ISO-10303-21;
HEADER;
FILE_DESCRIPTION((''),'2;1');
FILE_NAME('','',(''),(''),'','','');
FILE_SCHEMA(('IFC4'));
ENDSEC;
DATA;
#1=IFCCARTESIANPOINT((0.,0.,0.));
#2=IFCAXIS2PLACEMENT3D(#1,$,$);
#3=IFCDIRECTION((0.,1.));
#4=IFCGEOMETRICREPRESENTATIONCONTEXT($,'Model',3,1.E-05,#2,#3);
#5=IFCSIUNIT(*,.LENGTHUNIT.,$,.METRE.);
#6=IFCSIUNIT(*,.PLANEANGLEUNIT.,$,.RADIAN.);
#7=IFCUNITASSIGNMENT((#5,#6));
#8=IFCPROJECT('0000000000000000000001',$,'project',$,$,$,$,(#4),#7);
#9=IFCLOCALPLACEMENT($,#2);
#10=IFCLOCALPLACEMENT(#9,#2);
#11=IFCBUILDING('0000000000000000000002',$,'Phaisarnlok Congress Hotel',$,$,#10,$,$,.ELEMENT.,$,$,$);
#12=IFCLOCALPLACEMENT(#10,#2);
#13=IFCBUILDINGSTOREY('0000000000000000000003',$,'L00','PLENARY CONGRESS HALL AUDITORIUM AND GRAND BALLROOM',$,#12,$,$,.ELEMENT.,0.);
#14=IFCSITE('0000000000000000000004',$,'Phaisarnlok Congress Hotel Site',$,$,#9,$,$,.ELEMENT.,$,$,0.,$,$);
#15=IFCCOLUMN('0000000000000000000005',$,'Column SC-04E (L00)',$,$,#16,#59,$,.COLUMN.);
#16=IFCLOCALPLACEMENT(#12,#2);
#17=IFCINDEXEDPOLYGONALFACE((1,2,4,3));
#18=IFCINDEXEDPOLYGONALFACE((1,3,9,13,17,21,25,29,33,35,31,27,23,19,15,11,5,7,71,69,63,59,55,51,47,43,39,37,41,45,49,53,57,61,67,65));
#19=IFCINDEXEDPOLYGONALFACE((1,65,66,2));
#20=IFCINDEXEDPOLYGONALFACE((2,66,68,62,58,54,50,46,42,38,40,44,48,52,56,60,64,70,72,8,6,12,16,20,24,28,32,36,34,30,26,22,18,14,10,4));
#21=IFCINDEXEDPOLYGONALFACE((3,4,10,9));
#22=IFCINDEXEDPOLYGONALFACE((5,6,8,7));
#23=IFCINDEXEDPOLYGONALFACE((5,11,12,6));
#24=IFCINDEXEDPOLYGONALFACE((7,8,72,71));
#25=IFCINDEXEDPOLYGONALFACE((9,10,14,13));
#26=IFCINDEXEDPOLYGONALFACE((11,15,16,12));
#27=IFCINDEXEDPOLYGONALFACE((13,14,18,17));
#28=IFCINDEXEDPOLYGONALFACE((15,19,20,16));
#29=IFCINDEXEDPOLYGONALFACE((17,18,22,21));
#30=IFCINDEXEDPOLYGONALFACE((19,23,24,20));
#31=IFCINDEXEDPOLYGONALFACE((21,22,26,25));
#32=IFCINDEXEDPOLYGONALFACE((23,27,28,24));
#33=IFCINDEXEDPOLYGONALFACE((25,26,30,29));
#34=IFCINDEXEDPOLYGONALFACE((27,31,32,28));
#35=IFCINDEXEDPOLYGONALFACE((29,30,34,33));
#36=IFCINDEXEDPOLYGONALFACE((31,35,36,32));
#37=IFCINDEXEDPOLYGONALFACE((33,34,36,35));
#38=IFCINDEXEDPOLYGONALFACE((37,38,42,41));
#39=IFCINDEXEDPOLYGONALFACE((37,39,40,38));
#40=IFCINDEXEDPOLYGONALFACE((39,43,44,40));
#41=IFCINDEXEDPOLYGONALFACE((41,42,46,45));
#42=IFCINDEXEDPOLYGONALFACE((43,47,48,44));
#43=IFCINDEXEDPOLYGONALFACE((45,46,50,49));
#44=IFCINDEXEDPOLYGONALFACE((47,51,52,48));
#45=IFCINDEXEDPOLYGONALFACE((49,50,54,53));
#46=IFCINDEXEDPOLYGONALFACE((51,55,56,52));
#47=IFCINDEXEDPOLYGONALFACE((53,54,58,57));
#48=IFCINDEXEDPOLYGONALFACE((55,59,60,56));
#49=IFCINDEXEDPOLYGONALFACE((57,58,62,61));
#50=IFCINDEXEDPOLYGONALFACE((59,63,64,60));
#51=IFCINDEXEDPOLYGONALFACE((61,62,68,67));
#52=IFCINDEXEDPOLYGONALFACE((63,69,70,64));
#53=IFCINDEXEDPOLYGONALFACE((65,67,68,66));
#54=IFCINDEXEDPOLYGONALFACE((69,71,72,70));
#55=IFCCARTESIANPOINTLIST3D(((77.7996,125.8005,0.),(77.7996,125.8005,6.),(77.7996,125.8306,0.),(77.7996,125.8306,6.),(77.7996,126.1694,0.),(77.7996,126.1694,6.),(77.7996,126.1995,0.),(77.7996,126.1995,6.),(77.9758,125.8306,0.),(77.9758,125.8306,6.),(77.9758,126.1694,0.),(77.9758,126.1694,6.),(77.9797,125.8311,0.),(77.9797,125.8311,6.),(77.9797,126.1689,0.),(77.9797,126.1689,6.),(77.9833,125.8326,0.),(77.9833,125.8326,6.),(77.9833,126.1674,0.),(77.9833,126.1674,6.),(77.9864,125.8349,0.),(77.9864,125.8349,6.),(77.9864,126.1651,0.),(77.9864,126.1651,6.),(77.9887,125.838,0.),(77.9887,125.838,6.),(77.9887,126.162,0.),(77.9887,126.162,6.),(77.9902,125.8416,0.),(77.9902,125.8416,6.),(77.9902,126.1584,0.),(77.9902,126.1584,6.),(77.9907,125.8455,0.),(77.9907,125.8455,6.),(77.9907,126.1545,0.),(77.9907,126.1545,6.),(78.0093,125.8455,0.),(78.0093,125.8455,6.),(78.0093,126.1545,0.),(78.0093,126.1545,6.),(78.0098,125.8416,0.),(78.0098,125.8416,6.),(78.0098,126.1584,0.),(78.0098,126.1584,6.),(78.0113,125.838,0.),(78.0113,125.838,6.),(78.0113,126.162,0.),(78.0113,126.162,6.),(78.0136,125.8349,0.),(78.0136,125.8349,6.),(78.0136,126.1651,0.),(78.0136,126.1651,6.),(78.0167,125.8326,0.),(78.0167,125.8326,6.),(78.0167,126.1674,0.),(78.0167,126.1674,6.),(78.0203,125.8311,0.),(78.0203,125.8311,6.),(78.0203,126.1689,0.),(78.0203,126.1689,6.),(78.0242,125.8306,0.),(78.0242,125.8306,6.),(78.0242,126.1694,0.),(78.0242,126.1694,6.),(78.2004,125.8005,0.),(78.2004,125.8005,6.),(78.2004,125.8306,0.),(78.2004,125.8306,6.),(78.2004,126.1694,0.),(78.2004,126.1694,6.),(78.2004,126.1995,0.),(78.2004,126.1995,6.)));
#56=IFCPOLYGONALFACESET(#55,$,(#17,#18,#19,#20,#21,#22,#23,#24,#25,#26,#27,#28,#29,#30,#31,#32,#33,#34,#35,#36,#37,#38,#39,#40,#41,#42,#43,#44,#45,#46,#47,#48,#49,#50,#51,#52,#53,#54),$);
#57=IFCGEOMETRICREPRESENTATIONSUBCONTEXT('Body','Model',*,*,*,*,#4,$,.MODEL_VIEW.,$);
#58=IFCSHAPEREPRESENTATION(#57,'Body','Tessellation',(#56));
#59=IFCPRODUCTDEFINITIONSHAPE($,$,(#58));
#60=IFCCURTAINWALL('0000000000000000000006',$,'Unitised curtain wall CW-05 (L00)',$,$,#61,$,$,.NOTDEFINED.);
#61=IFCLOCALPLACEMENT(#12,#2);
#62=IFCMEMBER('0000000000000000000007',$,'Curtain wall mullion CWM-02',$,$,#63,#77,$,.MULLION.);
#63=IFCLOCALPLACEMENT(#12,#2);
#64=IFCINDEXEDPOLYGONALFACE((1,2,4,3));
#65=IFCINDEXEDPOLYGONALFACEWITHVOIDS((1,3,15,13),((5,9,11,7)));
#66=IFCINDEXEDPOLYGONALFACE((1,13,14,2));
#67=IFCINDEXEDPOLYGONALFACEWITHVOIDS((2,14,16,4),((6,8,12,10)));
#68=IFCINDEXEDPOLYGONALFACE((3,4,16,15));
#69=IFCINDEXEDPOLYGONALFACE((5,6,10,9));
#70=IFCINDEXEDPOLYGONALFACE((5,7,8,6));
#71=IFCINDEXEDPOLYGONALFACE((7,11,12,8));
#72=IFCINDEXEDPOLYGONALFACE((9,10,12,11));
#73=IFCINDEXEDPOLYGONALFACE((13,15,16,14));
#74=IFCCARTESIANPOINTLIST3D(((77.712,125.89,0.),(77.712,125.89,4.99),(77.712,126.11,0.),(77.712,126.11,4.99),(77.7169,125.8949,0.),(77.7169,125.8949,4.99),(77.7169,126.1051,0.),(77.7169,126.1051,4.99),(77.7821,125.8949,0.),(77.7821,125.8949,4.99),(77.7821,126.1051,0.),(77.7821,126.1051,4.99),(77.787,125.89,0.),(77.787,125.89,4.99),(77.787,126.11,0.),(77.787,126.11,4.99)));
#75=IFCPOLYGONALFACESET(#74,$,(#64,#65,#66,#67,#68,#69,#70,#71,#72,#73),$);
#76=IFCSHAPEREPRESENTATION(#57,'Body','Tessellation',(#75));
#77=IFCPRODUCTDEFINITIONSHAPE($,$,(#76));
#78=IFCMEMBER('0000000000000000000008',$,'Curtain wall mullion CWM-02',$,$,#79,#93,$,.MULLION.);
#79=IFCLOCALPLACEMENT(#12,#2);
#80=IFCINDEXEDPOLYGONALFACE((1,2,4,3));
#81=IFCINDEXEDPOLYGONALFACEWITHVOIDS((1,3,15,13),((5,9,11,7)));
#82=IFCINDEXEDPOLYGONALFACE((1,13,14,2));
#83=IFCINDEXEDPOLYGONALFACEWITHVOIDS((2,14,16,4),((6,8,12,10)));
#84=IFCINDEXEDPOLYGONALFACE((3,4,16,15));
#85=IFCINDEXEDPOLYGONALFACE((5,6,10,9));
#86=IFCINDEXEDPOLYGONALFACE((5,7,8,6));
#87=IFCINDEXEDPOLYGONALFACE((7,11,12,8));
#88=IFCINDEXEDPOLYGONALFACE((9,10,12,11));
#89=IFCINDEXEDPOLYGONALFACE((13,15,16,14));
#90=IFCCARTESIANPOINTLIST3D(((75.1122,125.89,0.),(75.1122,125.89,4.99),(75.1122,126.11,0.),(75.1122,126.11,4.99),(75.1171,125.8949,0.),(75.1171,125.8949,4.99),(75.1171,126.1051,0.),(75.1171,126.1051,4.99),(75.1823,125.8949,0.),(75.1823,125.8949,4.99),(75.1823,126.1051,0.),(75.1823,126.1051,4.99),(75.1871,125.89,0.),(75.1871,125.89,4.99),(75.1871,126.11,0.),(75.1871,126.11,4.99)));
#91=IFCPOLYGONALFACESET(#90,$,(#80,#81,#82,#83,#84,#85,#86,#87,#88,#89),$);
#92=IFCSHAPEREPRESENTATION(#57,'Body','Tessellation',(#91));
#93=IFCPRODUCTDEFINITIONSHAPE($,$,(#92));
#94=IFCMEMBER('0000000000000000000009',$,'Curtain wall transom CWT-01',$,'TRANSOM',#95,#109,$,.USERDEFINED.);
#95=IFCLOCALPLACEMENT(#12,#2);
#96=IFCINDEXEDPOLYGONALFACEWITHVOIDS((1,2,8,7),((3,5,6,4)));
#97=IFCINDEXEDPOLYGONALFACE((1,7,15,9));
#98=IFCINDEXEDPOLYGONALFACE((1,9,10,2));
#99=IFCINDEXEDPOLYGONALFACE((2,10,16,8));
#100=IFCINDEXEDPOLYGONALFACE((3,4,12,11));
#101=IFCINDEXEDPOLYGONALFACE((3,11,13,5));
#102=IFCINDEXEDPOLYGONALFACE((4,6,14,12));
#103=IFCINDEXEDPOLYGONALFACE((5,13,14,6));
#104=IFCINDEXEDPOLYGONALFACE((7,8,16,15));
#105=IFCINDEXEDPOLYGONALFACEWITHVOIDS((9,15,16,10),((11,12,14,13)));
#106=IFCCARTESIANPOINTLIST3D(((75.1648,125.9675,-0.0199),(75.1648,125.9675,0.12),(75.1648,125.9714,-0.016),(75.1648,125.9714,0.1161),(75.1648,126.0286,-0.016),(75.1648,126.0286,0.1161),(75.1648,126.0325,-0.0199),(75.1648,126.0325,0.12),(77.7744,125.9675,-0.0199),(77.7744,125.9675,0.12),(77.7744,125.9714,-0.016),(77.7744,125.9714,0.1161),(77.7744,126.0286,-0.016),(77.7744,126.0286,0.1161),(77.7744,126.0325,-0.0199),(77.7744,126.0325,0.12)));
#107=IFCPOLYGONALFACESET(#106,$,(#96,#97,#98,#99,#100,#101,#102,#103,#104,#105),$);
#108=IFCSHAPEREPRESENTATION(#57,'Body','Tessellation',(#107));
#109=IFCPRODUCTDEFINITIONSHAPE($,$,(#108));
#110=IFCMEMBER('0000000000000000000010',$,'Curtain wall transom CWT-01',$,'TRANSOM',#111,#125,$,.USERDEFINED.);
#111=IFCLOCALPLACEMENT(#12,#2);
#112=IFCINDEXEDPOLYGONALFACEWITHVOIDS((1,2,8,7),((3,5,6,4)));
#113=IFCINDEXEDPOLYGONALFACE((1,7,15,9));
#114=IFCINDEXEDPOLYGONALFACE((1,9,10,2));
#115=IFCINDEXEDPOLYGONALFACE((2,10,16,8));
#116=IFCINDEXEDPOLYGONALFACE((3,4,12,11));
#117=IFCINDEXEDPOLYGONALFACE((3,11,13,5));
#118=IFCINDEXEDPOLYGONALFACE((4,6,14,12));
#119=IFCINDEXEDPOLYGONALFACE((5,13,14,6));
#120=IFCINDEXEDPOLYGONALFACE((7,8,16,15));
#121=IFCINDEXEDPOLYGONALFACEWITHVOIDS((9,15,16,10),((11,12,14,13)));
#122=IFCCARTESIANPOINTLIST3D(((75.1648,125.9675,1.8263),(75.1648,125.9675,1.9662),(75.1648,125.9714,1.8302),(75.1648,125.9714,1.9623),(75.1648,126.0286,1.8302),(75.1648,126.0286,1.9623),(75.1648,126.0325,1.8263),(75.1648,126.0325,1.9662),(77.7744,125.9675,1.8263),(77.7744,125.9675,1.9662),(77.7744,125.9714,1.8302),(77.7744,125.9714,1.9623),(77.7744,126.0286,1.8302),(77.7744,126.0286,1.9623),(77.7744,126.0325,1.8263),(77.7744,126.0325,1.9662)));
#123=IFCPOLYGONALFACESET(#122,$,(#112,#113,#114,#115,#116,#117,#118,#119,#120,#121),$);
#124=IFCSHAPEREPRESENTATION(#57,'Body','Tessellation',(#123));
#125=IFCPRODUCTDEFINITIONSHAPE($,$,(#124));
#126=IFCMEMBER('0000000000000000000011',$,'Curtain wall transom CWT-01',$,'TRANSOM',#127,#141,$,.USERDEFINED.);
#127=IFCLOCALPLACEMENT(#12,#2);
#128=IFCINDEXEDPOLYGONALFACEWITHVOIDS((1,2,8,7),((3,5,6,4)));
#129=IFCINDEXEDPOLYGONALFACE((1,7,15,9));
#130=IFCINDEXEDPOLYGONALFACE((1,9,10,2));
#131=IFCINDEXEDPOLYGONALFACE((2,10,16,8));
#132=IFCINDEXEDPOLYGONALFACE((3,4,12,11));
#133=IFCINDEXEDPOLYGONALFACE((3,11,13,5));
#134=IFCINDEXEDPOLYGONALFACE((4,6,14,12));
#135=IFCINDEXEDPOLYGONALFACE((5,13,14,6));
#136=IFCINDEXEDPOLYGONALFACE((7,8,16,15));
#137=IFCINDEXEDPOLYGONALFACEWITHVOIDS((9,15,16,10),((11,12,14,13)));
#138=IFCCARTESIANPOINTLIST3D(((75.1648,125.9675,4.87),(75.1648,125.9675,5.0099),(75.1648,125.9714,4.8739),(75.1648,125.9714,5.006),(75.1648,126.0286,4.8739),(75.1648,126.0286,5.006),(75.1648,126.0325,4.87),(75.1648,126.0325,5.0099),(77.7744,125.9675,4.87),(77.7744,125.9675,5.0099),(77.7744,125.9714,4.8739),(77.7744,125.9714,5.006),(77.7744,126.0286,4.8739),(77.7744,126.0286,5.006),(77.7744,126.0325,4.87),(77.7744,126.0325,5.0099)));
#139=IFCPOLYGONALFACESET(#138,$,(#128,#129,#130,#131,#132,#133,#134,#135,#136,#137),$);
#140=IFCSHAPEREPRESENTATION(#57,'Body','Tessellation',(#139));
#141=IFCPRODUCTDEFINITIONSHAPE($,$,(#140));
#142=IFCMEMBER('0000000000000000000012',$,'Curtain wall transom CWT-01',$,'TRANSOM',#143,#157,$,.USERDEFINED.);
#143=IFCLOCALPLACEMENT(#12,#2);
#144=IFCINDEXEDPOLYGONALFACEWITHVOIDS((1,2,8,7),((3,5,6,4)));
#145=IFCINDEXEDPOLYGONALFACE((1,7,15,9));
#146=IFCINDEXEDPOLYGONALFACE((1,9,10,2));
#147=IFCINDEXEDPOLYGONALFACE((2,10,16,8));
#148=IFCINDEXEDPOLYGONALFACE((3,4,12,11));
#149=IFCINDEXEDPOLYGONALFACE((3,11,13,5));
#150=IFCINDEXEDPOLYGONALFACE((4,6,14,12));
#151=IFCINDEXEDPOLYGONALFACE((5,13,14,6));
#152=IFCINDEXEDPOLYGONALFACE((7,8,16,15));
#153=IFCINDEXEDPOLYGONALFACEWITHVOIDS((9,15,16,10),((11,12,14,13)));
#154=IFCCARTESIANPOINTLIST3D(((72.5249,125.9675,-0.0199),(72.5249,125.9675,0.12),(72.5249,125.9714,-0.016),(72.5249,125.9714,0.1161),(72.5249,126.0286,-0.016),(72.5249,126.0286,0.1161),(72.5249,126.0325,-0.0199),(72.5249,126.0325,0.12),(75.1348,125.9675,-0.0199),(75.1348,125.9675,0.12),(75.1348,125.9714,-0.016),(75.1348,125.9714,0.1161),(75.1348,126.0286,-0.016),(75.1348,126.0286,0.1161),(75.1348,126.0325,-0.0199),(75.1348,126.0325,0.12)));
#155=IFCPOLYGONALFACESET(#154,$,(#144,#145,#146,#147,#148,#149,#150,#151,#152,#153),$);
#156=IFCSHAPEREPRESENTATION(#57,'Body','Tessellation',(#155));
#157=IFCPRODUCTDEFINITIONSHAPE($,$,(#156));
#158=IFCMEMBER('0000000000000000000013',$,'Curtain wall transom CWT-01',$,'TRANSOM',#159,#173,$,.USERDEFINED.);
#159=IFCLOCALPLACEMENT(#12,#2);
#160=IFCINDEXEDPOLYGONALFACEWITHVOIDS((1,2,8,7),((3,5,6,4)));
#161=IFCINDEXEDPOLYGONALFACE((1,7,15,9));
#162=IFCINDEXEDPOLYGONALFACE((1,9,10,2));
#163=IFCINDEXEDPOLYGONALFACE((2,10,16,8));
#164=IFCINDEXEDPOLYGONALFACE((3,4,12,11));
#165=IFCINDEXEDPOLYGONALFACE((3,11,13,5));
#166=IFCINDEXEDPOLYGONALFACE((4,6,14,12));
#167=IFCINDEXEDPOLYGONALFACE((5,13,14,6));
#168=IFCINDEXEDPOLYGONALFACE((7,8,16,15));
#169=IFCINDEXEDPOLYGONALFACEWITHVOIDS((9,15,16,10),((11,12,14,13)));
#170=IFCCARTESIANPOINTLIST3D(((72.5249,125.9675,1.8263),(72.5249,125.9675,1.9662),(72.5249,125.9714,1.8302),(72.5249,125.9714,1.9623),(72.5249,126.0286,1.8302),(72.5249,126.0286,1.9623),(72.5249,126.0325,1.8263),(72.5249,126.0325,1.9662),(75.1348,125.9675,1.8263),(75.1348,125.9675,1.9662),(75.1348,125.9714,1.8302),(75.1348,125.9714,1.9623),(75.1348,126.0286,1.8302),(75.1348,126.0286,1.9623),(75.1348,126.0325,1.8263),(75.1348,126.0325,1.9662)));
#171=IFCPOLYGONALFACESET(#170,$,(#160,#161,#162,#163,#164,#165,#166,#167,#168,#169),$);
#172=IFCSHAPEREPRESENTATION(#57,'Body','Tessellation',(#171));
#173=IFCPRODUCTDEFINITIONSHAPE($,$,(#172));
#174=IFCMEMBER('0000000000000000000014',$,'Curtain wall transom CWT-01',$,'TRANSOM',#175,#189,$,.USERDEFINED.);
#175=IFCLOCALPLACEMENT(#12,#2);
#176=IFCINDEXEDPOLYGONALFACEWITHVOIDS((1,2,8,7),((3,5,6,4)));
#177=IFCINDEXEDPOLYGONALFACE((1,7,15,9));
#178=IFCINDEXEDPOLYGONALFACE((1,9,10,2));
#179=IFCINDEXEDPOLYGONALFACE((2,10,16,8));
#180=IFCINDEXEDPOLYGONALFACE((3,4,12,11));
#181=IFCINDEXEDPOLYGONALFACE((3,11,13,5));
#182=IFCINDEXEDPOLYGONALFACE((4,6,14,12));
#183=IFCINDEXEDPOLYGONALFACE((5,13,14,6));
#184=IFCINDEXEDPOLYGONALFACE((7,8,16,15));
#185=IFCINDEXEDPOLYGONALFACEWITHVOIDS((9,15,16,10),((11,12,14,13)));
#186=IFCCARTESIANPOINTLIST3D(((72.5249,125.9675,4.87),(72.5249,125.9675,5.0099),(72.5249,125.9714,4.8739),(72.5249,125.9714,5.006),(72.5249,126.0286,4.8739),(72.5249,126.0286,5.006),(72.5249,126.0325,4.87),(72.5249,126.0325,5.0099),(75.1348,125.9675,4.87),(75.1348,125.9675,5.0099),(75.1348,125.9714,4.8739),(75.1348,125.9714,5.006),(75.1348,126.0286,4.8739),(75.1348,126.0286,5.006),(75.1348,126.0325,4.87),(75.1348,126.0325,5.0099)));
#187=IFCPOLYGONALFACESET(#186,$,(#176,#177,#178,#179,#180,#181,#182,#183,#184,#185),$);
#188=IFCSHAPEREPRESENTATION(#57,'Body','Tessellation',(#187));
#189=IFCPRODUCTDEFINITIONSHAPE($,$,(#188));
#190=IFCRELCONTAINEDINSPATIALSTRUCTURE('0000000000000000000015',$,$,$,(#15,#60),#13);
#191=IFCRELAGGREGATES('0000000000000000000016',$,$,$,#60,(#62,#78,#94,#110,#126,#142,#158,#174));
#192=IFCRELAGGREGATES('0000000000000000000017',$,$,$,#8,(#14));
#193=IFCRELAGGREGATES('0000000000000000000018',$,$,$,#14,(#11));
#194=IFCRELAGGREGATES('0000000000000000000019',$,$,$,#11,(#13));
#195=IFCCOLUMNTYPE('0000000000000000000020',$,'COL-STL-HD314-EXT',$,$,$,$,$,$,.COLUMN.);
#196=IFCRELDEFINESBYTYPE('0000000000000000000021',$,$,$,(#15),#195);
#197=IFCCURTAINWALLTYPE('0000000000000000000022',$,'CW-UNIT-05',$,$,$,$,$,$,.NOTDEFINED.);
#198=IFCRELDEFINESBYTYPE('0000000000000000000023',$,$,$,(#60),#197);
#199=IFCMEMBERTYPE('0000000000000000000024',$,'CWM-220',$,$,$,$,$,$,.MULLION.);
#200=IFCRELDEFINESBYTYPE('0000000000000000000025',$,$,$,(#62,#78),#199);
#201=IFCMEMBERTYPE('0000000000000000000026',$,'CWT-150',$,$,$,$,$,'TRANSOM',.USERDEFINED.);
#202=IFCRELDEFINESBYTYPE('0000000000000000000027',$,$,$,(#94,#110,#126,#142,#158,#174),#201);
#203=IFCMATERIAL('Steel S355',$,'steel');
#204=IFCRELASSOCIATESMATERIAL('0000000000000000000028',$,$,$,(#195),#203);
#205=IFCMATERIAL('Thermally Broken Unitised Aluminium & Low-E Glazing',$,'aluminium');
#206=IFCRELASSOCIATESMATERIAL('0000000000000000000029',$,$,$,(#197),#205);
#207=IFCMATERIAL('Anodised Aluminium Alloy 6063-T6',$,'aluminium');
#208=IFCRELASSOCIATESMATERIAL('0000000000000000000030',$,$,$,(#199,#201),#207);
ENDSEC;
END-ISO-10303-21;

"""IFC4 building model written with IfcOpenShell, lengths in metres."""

from ifc_helpers import new_model, si_unit, direction, frame, origin, origin_2d, place, context, subcontext, project, spatial, hollow_rectangle, i_section, extrude, material, material_profile, profile_set, type_object, element, aggregate, save


model = new_model("IFC4")

# Units and contexts
model_context = context("Model", 3, precision=1e-05, world=origin(), true_north=direction((0.0, 1.0)))
body_context = subcontext(model_context, "Body", "Model", "MODEL_VIEW")
ifc_project = project(units=[si_unit("LENGTHUNIT", "METRE"), si_unit("PLANEANGLEUNIT", "RADIAN")], contexts=[model_context])

# Site, building, storey
site_placement = place(None, origin())
site = spatial("IfcSite", under=ifc_project, at=site_placement, Name="Phaisarnlok Congress Hotel Site", CompositionType="ELEMENT", RefElevation=0.0)
building_placement = place(site_placement, origin())
building = spatial("IfcBuilding", under=site, at=building_placement, Name="Phaisarnlok Congress Hotel", CompositionType="ELEMENT")
storey_placement = place(building_placement, origin())
storey = spatial("IfcBuildingStorey", under=building, at=storey_placement, Name="L00", Description="PLENARY CONGRESS HALL AUDITORIUM AND GRAND BALLROOM", CompositionType="ELEMENT", Elevation=0.0)

# Column
ifc_material_1 = material(Name="Steel S355", Category="steel")
ifc_material_profile_1 = material_profile(ifc_material_1, i_section(OverallWidth=0.4009, OverallDepth=0.3989, WebThickness=0.0186, FlangeThickness=0.03, FilletRadius=0.0149, at=origin_2d()), Name="HD 400x314")
ifc_profile_set_1 = profile_set([ifc_material_profile_1], Name="Steel S355")
column_type = type_object("IfcColumnType", Name="COL-STL-HD314-EXT", PredefinedType="COLUMN", material=ifc_profile_set_1)
column_placement = place(storey_placement, frame((78.0, 126.0, 0.0), z_axis=(0.0, 0.0, 1.0), x_axis=(1.0, 0.0, 0.0)))
element("IfcColumn", 1, at=column_placement, inside=storey, type_object=column_type, Name="Column SC-04E (L00)", PredefinedType="COLUMN", context=body_context, shape_type="SweptSolid", body=[
    extrude(i_section(OverallWidth=0.4009, OverallDepth=0.3989, WebThickness=0.0186, FlangeThickness=0.03, FilletRadius=0.0149, at=origin_2d()), origin(), (0.0, 0.0, 1.0), 6.0),
])

# Curtain wall, members
ifc_material_2 = material(Name="Thermally Broken Unitised Aluminium & Low-E Glazing", Category="aluminium")
curtain_wall_type = type_object("IfcCurtainWallType", Name="CW-UNIT-05", PredefinedType="NOTDEFINED", material=ifc_material_2)
curtain_wall_placement = place(storey_placement, origin())
curtain_wall = element("IfcCurtainWall", 2, at=curtain_wall_placement, inside=storey, type_object=curtain_wall_type, Name="Unitised curtain wall CW-05 (L00)", PredefinedType="NOTDEFINED")
ifc_material_3 = material(Name="Anodised Aluminium Alloy 6063-T6", Category="aluminium")
ifc_material_profile_2 = material_profile(ifc_material_3, hollow_rectangle(XDim=0.075, YDim=0.22, WallThickness=0.0049, at=origin_2d()), Name="ALU-M 75x220x5")
ifc_profile_set_2 = profile_set([ifc_material_profile_2], Name="Anodised Aluminium Alloy 6063-T6")
member_type_1 = type_object("IfcMemberType", Name="CWM-220", PredefinedType="MULLION", material=ifc_profile_set_2)
member_1_placement = place(storey_placement, frame((77.7495, 126.0, 0.0), z_axis=(0.0, 0.0, 1.0), x_axis=(-1.0, 0.0, 0.0)))
member_1 = element("IfcMember", 3, at=member_1_placement, type_object=member_type_1, Name="Curtain wall mullion CWM-02", PredefinedType="MULLION", context=body_context, shape_type="SweptSolid", body=[
    extrude(hollow_rectangle(XDim=0.075, YDim=0.22, WallThickness=0.0049, at=origin_2d()), origin(), (0.0, 0.0, 1.0), 4.99),
])
member_2_placement = place(storey_placement, frame((75.1497, 126.0, 0.0), z_axis=(0.0, 0.0, 1.0), x_axis=(-1.0, 0.0, 0.0)))
member_2 = element("IfcMember", 4, at=member_2_placement, type_object=member_type_1, Name="Curtain wall mullion CWM-02", PredefinedType="MULLION", context=body_context, shape_type="SweptSolid", body=[
    extrude(hollow_rectangle(XDim=0.075, YDim=0.22, WallThickness=0.0049, at=origin_2d()), origin(), (0.0, 0.0, 1.0), 4.99),
])
ifc_material_profile_3 = material_profile(ifc_material_3, hollow_rectangle(XDim=0.0649, YDim=0.1399, WallThickness=0.0039, at=origin_2d()), Name="ALU-T 65x140x4")
ifc_profile_set_3 = profile_set([ifc_material_profile_3], Name="Anodised Aluminium Alloy 6063-T6")
member_type_2 = type_object("IfcMemberType", Name="CWT-150", ElementType="TRANSOM", PredefinedType="USERDEFINED", material=ifc_profile_set_3)
member_3_placement = place(storey_placement, frame((77.7744, 126.0, 0.05), z_axis=(-1.0, 0.0, 0.0), x_axis=(0.0, -1.0, 0.0)))
member_3 = element("IfcMember", 5, at=member_3_placement, type_object=member_type_2, Name="Curtain wall transom CWT-01", ObjectType="TRANSOM", PredefinedType="USERDEFINED", context=body_context, shape_type="SweptSolid", body=[
    extrude(hollow_rectangle(XDim=0.0649, YDim=0.1399, WallThickness=0.0039, at=origin_2d()), origin(), (0.0, 0.0, 1.0), 2.6096),
])
member_4_placement = place(storey_placement, frame((77.7744, 126.0, 1.8962), z_axis=(-1.0, 0.0, 0.0), x_axis=(0.0, -1.0, 0.0)))
member_4 = element("IfcMember", 6, at=member_4_placement, type_object=member_type_2, Name="Curtain wall transom CWT-01", ObjectType="TRANSOM", PredefinedType="USERDEFINED", context=body_context, shape_type="SweptSolid", body=[
    extrude(hollow_rectangle(XDim=0.0649, YDim=0.1399, WallThickness=0.0039, at=origin_2d()), origin(), (0.0, 0.0, 1.0), 2.6096),
])
member_5_placement = place(storey_placement, frame((77.7744, 126.0, 4.9399), z_axis=(-1.0, 0.0, 0.0), x_axis=(0.0, -1.0, 0.0)))
member_5 = element("IfcMember", 7, at=member_5_placement, type_object=member_type_2, Name="Curtain wall transom CWT-01", ObjectType="TRANSOM", PredefinedType="USERDEFINED", context=body_context, shape_type="SweptSolid", body=[
    extrude(hollow_rectangle(XDim=0.0649, YDim=0.1399, WallThickness=0.0039, at=origin_2d()), origin(), (0.0, 0.0, 1.0), 2.6096),
])
member_6_placement = place(storey_placement, frame((75.1348, 126.0, 0.05), z_axis=(-1.0, 0.0, 0.0), x_axis=(0.0, -1.0, 0.0)))
member_6 = element("IfcMember", 8, at=member_6_placement, type_object=member_type_2, Name="Curtain wall transom CWT-01", ObjectType="TRANSOM", PredefinedType="USERDEFINED", context=body_context, shape_type="SweptSolid", body=[
    extrude(hollow_rectangle(XDim=0.0649, YDim=0.1399, WallThickness=0.0039, at=origin_2d()), origin(), (0.0, 0.0, 1.0), 2.6099),
])
member_7_placement = place(storey_placement, frame((75.1348, 126.0, 1.8962), z_axis=(-1.0, 0.0, 0.0), x_axis=(0.0, -1.0, 0.0)))
member_7 = element("IfcMember", 9, at=member_7_placement, type_object=member_type_2, Name="Curtain wall transom CWT-01", ObjectType="TRANSOM", PredefinedType="USERDEFINED", context=body_context, shape_type="SweptSolid", body=[
    extrude(hollow_rectangle(XDim=0.0649, YDim=0.1399, WallThickness=0.0039, at=origin_2d()), origin(), (0.0, 0.0, 1.0), 2.6099),
])
member_8_placement = place(storey_placement, frame((75.1348, 126.0, 4.9399), z_axis=(-1.0, 0.0, 0.0), x_axis=(0.0, -1.0, 0.0)))
member_8 = element("IfcMember", 10, at=member_8_placement, type_object=member_type_2, Name="Curtain wall transom CWT-01", ObjectType="TRANSOM", PredefinedType="USERDEFINED", context=body_context, shape_type="SweptSolid", body=[
    extrude(hollow_rectangle(XDim=0.0649, YDim=0.1399, WallThickness=0.0039, at=origin_2d()), origin(), (0.0, 0.0, 1.0), 2.6099),
])

aggregate(curtain_wall, [member_1, member_2, member_3, member_4, member_5, member_6, member_7, member_8])

save(model, "model.ifc")
